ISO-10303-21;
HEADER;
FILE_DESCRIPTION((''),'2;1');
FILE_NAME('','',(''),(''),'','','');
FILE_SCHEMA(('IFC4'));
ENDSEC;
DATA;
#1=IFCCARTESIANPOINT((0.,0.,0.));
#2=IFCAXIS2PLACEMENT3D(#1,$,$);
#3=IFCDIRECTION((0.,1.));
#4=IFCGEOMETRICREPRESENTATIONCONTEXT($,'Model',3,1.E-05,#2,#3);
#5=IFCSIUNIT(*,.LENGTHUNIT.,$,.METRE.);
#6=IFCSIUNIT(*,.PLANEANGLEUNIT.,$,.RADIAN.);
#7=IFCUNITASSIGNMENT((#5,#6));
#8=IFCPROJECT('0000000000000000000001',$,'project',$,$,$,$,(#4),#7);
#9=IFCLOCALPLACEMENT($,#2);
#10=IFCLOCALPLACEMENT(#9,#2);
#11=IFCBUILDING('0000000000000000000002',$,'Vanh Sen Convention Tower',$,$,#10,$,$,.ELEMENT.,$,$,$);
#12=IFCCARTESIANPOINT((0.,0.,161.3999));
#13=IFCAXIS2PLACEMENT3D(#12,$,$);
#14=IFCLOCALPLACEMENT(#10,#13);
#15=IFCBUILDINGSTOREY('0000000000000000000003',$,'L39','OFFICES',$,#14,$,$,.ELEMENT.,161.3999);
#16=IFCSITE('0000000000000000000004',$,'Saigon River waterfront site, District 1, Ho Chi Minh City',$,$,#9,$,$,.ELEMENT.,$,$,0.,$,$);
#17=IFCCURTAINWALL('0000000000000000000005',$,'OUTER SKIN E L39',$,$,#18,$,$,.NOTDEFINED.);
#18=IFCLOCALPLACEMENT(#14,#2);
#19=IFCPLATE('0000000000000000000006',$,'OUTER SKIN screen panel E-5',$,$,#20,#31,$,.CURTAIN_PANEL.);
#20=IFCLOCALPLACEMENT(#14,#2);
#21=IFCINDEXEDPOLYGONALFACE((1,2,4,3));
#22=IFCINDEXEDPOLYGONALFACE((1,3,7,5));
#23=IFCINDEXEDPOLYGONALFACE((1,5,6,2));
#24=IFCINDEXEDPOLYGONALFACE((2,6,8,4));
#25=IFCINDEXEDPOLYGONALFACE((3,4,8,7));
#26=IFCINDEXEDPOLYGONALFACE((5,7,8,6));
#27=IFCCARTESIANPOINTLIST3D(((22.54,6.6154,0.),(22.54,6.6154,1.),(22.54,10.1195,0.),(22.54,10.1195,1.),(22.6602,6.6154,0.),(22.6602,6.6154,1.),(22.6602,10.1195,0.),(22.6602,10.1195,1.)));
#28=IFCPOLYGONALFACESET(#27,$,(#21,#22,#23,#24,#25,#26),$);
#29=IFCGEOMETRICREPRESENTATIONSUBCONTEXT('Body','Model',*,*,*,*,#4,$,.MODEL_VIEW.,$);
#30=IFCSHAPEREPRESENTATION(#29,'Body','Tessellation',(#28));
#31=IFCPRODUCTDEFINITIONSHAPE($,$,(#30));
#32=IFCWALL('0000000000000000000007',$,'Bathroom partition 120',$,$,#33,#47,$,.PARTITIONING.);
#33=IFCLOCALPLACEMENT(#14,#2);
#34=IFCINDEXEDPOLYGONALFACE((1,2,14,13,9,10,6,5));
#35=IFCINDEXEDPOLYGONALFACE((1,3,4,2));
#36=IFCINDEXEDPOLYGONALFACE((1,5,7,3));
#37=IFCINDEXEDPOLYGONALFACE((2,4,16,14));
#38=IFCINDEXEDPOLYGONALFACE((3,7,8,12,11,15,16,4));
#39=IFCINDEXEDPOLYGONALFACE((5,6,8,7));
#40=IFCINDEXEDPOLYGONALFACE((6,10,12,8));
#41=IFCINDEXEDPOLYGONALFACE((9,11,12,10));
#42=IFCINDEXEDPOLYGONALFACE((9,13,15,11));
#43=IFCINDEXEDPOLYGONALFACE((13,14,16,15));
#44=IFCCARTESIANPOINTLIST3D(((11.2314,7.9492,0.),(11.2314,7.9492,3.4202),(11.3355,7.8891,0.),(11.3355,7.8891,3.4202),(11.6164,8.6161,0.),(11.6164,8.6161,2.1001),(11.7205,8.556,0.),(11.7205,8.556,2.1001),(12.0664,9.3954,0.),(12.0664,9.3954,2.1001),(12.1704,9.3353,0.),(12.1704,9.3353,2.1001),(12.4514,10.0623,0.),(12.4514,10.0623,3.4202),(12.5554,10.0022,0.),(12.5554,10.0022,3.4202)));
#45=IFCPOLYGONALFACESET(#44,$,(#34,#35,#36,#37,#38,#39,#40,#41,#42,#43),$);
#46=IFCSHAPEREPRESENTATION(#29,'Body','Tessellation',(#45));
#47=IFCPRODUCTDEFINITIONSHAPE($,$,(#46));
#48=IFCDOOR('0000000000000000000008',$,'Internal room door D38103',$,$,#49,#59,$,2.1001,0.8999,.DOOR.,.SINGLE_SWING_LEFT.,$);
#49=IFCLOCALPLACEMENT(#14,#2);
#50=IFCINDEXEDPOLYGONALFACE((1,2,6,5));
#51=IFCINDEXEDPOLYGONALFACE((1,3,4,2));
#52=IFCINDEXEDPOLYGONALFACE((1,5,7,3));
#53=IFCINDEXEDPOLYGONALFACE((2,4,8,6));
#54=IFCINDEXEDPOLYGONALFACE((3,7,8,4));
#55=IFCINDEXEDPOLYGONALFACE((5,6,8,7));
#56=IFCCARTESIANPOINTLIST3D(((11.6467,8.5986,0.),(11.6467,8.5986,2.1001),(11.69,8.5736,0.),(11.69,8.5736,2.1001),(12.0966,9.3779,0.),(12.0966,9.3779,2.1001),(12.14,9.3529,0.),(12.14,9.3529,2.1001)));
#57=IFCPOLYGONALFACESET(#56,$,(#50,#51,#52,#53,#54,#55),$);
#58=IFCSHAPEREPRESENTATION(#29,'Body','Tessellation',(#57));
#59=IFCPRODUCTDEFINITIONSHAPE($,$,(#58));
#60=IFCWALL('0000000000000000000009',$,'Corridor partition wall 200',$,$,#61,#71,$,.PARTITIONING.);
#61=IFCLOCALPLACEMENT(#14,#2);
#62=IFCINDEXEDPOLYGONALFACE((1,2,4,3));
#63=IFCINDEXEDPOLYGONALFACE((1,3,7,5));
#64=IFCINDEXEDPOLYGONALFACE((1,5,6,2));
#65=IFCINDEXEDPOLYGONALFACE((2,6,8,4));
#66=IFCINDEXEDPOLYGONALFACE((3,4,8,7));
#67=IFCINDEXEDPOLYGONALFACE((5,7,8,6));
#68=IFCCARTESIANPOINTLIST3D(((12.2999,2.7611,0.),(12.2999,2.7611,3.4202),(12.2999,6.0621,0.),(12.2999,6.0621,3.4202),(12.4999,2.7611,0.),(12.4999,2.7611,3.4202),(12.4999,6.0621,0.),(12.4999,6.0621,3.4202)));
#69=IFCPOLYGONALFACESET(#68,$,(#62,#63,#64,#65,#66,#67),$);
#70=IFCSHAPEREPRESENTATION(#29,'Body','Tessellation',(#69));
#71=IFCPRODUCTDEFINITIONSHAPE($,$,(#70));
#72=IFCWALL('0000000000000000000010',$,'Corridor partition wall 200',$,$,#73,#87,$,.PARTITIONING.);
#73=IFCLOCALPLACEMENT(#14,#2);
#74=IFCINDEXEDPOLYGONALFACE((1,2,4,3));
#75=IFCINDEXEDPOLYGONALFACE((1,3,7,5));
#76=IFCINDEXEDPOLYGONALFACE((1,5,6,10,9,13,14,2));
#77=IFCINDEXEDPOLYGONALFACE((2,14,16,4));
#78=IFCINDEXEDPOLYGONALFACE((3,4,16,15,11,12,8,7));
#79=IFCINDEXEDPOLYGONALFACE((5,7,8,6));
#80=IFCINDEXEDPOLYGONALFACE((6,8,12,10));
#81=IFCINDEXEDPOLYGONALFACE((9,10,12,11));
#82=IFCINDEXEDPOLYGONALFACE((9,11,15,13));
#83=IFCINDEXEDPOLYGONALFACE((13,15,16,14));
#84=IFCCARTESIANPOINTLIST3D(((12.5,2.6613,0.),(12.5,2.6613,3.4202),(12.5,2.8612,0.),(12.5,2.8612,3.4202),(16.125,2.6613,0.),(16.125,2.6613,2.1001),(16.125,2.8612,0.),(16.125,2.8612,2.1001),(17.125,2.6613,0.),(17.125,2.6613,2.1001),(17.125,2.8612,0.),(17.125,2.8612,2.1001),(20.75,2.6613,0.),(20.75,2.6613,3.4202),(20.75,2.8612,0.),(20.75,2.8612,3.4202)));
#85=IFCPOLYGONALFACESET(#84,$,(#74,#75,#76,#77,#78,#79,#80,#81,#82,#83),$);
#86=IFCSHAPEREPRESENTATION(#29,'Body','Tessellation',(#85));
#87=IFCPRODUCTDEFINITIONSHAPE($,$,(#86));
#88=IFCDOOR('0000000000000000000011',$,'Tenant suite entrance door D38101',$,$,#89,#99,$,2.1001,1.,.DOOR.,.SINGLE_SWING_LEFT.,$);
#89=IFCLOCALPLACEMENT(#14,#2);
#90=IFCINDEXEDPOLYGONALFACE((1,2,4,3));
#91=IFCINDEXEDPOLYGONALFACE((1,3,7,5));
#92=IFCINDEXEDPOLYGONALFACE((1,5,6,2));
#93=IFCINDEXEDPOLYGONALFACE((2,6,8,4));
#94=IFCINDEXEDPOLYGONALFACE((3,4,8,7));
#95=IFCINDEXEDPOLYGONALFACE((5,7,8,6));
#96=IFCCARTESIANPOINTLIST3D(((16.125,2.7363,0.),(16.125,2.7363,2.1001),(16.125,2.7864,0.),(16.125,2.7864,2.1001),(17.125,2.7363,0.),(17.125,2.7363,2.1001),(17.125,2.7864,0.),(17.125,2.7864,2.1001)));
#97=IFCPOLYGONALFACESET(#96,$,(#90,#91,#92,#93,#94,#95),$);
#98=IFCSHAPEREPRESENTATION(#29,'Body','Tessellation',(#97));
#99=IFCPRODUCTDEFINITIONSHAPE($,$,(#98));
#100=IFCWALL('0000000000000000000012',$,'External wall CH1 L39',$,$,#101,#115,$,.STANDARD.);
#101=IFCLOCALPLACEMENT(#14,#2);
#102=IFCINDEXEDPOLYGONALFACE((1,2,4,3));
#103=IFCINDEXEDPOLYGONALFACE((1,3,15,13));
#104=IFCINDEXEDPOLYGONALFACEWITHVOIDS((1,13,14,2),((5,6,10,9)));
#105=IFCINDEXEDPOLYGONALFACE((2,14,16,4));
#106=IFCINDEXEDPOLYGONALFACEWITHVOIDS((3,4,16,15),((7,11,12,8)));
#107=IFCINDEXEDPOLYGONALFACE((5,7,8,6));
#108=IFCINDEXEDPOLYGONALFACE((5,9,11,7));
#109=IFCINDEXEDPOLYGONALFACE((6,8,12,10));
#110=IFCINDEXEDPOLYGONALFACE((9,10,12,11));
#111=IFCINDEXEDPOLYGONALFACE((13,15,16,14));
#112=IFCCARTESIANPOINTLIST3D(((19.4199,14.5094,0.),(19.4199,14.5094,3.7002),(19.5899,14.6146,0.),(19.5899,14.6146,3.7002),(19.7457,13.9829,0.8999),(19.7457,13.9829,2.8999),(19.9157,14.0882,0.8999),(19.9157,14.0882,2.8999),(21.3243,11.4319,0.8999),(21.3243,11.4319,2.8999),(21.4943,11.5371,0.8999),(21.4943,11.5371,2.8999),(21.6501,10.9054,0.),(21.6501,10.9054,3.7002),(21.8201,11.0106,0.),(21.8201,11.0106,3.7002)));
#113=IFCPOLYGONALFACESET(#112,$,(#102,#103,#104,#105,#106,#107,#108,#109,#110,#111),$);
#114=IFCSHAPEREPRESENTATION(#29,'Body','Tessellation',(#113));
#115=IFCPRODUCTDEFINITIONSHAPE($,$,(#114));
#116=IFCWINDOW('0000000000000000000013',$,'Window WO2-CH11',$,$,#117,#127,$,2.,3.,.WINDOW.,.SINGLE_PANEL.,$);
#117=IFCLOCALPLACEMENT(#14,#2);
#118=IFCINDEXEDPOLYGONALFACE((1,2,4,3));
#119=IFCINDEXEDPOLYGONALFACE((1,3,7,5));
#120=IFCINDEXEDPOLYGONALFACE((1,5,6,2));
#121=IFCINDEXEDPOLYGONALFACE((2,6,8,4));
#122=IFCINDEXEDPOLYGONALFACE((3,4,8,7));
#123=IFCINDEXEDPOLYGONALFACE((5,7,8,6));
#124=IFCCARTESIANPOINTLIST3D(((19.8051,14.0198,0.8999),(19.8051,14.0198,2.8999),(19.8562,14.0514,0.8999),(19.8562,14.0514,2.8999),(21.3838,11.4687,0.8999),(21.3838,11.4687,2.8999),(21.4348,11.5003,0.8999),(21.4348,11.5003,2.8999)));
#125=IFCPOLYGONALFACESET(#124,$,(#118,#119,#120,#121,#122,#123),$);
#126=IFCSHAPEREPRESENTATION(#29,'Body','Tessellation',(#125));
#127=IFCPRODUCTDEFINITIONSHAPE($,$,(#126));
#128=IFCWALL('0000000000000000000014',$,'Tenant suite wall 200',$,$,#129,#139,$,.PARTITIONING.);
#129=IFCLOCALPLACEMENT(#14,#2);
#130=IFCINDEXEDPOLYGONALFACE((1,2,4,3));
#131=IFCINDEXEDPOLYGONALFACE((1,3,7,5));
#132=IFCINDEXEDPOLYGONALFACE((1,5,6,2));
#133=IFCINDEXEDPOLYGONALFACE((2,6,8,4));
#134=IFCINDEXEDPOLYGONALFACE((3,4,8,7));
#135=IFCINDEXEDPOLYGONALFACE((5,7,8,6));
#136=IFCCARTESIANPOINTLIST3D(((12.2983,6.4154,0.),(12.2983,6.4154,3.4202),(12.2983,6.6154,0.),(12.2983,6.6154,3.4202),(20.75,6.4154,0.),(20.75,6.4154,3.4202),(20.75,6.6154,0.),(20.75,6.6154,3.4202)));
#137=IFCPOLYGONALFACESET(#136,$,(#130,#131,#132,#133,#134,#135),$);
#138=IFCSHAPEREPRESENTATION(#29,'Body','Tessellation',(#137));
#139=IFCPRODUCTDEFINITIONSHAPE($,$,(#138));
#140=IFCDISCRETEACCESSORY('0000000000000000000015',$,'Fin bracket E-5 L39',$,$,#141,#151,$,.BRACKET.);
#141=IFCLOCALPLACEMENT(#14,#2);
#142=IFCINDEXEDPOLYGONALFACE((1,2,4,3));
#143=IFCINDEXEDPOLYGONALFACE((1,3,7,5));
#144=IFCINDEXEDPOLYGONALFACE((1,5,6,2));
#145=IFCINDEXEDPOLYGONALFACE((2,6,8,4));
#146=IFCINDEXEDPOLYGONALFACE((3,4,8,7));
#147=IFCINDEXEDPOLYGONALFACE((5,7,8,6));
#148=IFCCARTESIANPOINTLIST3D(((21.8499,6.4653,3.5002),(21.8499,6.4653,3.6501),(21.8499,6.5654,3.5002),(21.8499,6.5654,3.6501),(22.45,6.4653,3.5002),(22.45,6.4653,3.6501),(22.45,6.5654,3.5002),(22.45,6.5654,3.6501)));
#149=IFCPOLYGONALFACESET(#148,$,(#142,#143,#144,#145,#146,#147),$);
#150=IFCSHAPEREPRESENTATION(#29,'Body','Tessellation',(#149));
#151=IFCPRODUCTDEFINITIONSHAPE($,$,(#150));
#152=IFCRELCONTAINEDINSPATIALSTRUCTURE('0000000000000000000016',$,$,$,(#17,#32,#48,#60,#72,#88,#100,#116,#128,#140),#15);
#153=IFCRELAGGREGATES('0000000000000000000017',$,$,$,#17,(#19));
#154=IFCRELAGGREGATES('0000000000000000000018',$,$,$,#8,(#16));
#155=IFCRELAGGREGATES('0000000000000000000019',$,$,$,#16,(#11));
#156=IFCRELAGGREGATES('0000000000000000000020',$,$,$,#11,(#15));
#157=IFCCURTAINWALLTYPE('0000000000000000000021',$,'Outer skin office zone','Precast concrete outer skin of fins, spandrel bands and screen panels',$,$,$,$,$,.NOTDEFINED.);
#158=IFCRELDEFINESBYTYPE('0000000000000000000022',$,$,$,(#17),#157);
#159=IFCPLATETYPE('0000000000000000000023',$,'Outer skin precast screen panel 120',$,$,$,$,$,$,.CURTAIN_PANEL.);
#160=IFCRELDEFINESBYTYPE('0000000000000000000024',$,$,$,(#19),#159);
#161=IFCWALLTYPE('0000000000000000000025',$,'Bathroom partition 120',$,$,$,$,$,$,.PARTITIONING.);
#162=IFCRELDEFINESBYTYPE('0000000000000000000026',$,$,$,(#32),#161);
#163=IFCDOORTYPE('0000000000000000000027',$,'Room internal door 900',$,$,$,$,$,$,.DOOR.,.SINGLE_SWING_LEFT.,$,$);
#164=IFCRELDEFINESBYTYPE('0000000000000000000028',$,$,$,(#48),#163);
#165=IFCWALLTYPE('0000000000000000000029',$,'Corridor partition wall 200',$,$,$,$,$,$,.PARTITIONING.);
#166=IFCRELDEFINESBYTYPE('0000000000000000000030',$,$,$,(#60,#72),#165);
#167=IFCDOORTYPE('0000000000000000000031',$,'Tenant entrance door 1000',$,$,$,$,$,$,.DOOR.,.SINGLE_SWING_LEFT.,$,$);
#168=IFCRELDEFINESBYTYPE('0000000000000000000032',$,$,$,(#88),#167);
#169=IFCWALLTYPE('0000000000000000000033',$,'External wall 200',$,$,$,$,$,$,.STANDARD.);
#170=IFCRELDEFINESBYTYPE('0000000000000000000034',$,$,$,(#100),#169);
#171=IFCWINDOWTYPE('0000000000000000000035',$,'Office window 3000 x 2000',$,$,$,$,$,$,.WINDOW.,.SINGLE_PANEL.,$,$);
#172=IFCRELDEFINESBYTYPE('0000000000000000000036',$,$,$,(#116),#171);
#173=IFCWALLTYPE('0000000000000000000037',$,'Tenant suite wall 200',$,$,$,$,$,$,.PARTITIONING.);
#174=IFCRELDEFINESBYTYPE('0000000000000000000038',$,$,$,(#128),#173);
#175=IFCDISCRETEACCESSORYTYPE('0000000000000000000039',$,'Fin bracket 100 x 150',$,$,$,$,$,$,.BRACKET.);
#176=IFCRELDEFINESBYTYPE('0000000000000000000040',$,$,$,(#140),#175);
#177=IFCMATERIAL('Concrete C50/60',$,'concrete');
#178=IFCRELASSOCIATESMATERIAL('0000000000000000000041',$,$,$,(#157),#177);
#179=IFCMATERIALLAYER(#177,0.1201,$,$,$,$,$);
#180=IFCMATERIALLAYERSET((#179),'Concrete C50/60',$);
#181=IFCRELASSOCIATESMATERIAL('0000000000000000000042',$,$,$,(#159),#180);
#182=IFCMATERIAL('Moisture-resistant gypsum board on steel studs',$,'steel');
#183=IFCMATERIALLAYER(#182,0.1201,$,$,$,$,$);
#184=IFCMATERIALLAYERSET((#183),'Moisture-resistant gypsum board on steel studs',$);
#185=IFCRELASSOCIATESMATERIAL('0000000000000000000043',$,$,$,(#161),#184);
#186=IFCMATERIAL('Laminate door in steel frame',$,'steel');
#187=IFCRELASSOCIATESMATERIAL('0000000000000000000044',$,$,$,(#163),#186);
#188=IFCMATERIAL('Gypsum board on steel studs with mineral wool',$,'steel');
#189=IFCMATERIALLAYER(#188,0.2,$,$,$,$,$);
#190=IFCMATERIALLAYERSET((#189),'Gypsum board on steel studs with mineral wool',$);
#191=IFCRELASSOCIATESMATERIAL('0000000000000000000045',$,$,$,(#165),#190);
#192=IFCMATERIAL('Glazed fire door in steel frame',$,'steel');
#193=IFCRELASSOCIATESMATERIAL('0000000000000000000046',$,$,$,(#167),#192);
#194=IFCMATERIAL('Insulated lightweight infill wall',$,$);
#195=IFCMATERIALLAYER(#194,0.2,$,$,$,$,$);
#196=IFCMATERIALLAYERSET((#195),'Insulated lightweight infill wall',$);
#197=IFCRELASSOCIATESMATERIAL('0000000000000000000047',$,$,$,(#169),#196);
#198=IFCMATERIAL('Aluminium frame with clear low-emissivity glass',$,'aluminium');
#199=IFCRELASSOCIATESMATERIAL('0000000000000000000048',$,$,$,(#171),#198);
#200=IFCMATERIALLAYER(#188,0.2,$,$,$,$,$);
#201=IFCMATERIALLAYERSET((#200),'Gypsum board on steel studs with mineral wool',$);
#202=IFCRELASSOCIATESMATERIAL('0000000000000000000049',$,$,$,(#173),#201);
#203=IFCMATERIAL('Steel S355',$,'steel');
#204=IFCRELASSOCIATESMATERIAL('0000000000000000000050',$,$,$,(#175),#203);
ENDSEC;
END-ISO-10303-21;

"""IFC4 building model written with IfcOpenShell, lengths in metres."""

from ifc_helpers import new_model, si_unit, direction, frame, frame_2d, origin, origin_2d, place, context, subcontext, project, spatial, rectangle, extrude, material, layer, layer_set, type_object, element, fill, aggregate, save


model = new_model("IFC4")

# Units and contexts
model_context = context("Model", 3, precision=1e-05, world=origin(), true_north=direction((0.0, 1.0)))
body_context = subcontext(model_context, "Body", "Model", "MODEL_VIEW")
ifc_project = project(units=[si_unit("LENGTHUNIT", "METRE"), si_unit("PLANEANGLEUNIT", "RADIAN")], contexts=[model_context])

# Site, building, storey
site_placement = place(None, origin())
site = spatial("IfcSite", under=ifc_project, at=site_placement, Name="Saigon River waterfront site, District 1, Ho Chi Minh City", CompositionType="ELEMENT", RefElevation=0.0)
building_placement = place(site_placement, origin())
building = spatial("IfcBuilding", under=site, at=building_placement, Name="Vanh Sen Convention Tower", CompositionType="ELEMENT")
storey_placement = place(building_placement, frame((0.0, 0.0, 161.3999)))
storey = spatial("IfcBuildingStorey", under=building, at=storey_placement, Name="L39", Description="OFFICES", CompositionType="ELEMENT", Elevation=161.3999)

# Curtain wall
ifc_material_1 = material(Name="Concrete C50/60", Category="concrete")
curtain_wall_type = type_object("IfcCurtainWallType", Name="Outer skin office zone", Description="Precast concrete outer skin of fins, spandrel bands and screen panels", PredefinedType="NOTDEFINED", material=ifc_material_1)
curtain_wall_1_placement = place(storey_placement, origin())
curtain_wall_1 = element("IfcCurtainWall", 1, at=curtain_wall_1_placement, inside=storey, type_object=curtain_wall_type, Name="OUTER SKIN E L39", PredefinedType="NOTDEFINED")

# Plate
ifc_layer_1 = layer(ifc_material_1, 0.1201)
ifc_layer_set_1 = layer_set([ifc_layer_1], Name="Concrete C50/60")
plate_type = type_object("IfcPlateType", Name="Outer skin precast screen panel 120", PredefinedType="CURTAIN_PANEL", material=ifc_layer_set_1)
plate_1_placement = place(storey_placement, frame((22.6001, 8.3674, 0.0), z_axis=(0.0, 0.0, 1.0), x_axis=(0.0, 1.0, 0.0)))
plate_1 = element("IfcPlate", 2, at=plate_1_placement, type_object=plate_type, Name="OUTER SKIN screen panel E-5", PredefinedType="CURTAIN_PANEL", context=body_context, shape_type="SweptSolid", body=[
    extrude(rectangle(XDim=3.5042, YDim=0.1201, at=origin_2d()), origin(), (0.0, 0.0, 1.0), 1.0),
])
aggregate(curtain_wall_1, [plate_1])

# Wall, opening, door
ifc_material_2 = material(Name="Moisture-resistant gypsum board on steel studs", Category="steel")
ifc_layer_2 = layer(ifc_material_2, 0.1201)
ifc_layer_set_2 = layer_set([ifc_layer_2], Name="Moisture-resistant gypsum board on steel studs")
wall_type_1 = type_object("IfcWallType", Name="Bathroom partition 120", PredefinedType="PARTITIONING", material=ifc_layer_set_2)
wall_1_placement = place(storey_placement, frame((12.5034, 10.0322, 0.0), z_axis=(0.0, 0.0, 1.0), x_axis=(-0.500003, -0.866024, 0.0)))
wall_1 = element("IfcWall", 3, at=wall_1_placement, inside=storey, type_object=wall_type_1, Name="Bathroom partition 120", PredefinedType="PARTITIONING", context=body_context, shape_type="SweptSolid", body=[
    extrude(rectangle(XDim=2.4399, YDim=0.1201, at=frame_2d((1.22, 0.0))), origin(), (0.0, 0.0, 1.0), 3.4202),
])
opening_1_placement = place(wall_1_placement, frame((0.77, 0.0, 0.0)))
opening_1 = element("IfcOpeningElement", 4, at=opening_1_placement, cuts=wall_1, PredefinedType="OPENING", context=body_context, shape_type="SweptSolid", body=[
    extrude(rectangle(XDim=0.8999, YDim=2.1001, at=frame_2d((0.45, 1.05))), frame((0.0, 0.0701, 0.0), z_axis=(0.0, -1.0, 0.0), x_axis=(1.0, 0.0, 0.0)), (0.0, 0.0, 1.0), 0.1401),
])
ifc_material_3 = material(Name="Laminate door in steel frame", Category="steel")
door_type_1 = type_object("IfcDoorType", Name="Room internal door 900", OperationType="SINGLE_SWING_LEFT", PredefinedType="DOOR", material=ifc_material_3)
door_1_placement = place(opening_1_placement, origin())
door_1 = element("IfcDoor", 5, at=door_1_placement, inside=storey, type_object=door_type_1, Name="Internal room door D38103", OperationType="SINGLE_SWING_LEFT", OverallHeight=2.1001, OverallWidth=0.8999, PredefinedType="DOOR", context=body_context, shape_type="SweptSolid", body=[
    extrude(rectangle(XDim=0.8999, YDim=2.1001, at=frame_2d((0.45, 1.05))), frame((0.0, 0.0249, 0.0), z_axis=(0.0, -1.0, 0.0), x_axis=(1.0, 0.0, 0.0)), (0.0, 0.0, 1.0), 0.05),
])
fill(opening_1, door_1)

# Wall
ifc_material_4 = material(Name="Gypsum board on steel studs with mineral wool", Category="steel")
ifc_layer_3 = layer(ifc_material_4, 0.2)
ifc_layer_set_3 = layer_set([ifc_layer_3], Name="Gypsum board on steel studs with mineral wool")
wall_type_2 = type_object("IfcWallType", Name="Corridor partition wall 200", PredefinedType="PARTITIONING", material=ifc_layer_set_3)
wall_2_placement = place(storey_placement, frame((12.3999, 2.7612, 0.0), z_axis=(0.0, 0.0, 1.0), x_axis=(0.0, 1.0, 0.0)))
element("IfcWall", 6, at=wall_2_placement, inside=storey, type_object=wall_type_2, Name="Corridor partition wall 200", PredefinedType="PARTITIONING", context=body_context, shape_type="SweptSolid", body=[
    extrude(rectangle(XDim=3.301, YDim=0.2, at=frame_2d((1.6504, 0.0))), origin(), (0.0, 0.0, 1.0), 3.4202),
])

# Wall, opening, door
wall_3_placement = place(storey_placement, frame((20.75, 2.7612, 0.0), z_axis=(0.0, 0.0, 1.0), x_axis=(-1.0, 0.0, 0.0)))
wall_3 = element("IfcWall", 7, at=wall_3_placement, inside=storey, type_object=wall_type_2, Name="Corridor partition wall 200", PredefinedType="PARTITIONING", context=body_context, shape_type="SweptSolid", body=[
    extrude(rectangle(XDim=8.25, YDim=0.2, at=frame_2d((4.125, 0.0))), origin(), (0.0, 0.0, 1.0), 3.4202),
])
opening_2_placement = place(wall_3_placement, frame((3.625, 0.0, 0.0)))
opening_2 = element("IfcOpeningElement", 8, at=opening_2_placement, cuts=wall_3, PredefinedType="OPENING", context=body_context, shape_type="SweptSolid", body=[
    extrude(rectangle(XDim=1.0, YDim=2.1001, at=frame_2d((0.5, 1.05))), frame((0.0, 0.1099, 0.0), z_axis=(0.0, -1.0, 0.0), x_axis=(1.0, 0.0, 0.0)), (0.0, 0.0, 1.0), 0.22),
])
ifc_material_5 = material(Name="Glazed fire door in steel frame", Category="steel")
door_type_2 = type_object("IfcDoorType", Name="Tenant entrance door 1000", OperationType="SINGLE_SWING_LEFT", PredefinedType="DOOR", material=ifc_material_5)
door_2_placement = place(opening_2_placement, origin())
door_2 = element("IfcDoor", 9, at=door_2_placement, inside=storey, type_object=door_type_2, Name="Tenant suite entrance door D38101", OperationType="SINGLE_SWING_LEFT", OverallHeight=2.1001, OverallWidth=1.0, PredefinedType="DOOR", context=body_context, shape_type="SweptSolid", body=[
    extrude(rectangle(XDim=1.0, YDim=2.1001, at=frame_2d((0.5, 1.05))), frame((0.0, 0.0249, 0.0), z_axis=(0.0, -1.0, 0.0), x_axis=(1.0, 0.0, 0.0)), (0.0, 0.0, 1.0), 0.05),
])
fill(opening_2, door_2)

# Wall, opening, window
ifc_material_6 = material(Name="Insulated lightweight infill wall")
ifc_layer_4 = layer(ifc_material_6, 0.2)
ifc_layer_set_4 = layer_set([ifc_layer_4], Name="Insulated lightweight infill wall")
wall_type_3 = type_object("IfcWallType", Name="External wall 200", PredefinedType="STANDARD", material=ifc_layer_set_4)
wall_4_placement = place(storey_placement, frame((21.7351, 10.958, 0.0), z_axis=(0.0, 0.0, 1.0), x_axis=(-0.526214, 0.850352, 0.0)))
wall_4 = element("IfcWall", 10, at=wall_4_placement, inside=storey, type_object=wall_type_3, Name="External wall CH1 L39", PredefinedType="STANDARD", context=body_context, shape_type="SweptSolid", body=[
    extrude(rectangle(XDim=4.2383, YDim=0.2, at=frame_2d((2.1191, 0.0))), origin(), (0.0, 0.0, 1.0), 3.7002),
])
opening_3_placement = place(wall_4_placement, frame((0.6191, 0.0, 0.8999)))
opening_3 = element("IfcOpeningElement", 11, at=opening_3_placement, cuts=wall_4, PredefinedType="OPENING", context=body_context, shape_type="SweptSolid", body=[
    extrude(rectangle(XDim=3.0, YDim=2.0, at=frame_2d((1.5, 1.0))), frame((0.0, 0.1099, 0.0), z_axis=(0.0, -1.0, 0.0), x_axis=(1.0, 0.0, 0.0)), (0.0, 0.0, 1.0), 0.22),
])
ifc_material_7 = material(Name="Aluminium frame with clear low-emissivity glass", Category="aluminium")
window_type = type_object("IfcWindowType", Name="Office window 3000 x 2000", PartitioningType="SINGLE_PANEL", PredefinedType="WINDOW", material=ifc_material_7)
window_placement = place(opening_3_placement, origin())
window = element("IfcWindow", 12, at=window_placement, inside=storey, type_object=window_type, Name="Window WO2-CH11", OverallHeight=2.0, OverallWidth=3.0, PartitioningType="SINGLE_PANEL", PredefinedType="WINDOW", context=body_context, shape_type="SweptSolid", body=[
    extrude(rectangle(XDim=3.0, YDim=2.0, at=frame_2d((1.5, 1.0))), frame((0.0, 0.03, 0.0), z_axis=(0.0, -1.0, 0.0), x_axis=(1.0, 0.0, 0.0)), (0.0, 0.0, 1.0), 0.0601),
])
fill(opening_3, window)

# Wall
ifc_layer_5 = layer(ifc_material_4, 0.2)
ifc_layer_set_5 = layer_set([ifc_layer_5], Name="Gypsum board on steel studs with mineral wool")
wall_type_4 = type_object("IfcWallType", Name="Tenant suite wall 200", PredefinedType="PARTITIONING", material=ifc_layer_set_5)
wall_5_placement = place(storey_placement, frame((20.75, 6.5154, 0.0), z_axis=(0.0, 0.0, 1.0), x_axis=(-1.0, 0.0, 0.0)))
element("IfcWall", 13, at=wall_5_placement, inside=storey, type_object=wall_type_4, Name="Tenant suite wall 200", PredefinedType="PARTITIONING", context=body_context, shape_type="SweptSolid", body=[
    extrude(rectangle(XDim=8.4517, YDim=0.2, at=frame_2d((4.2258, 0.0))), origin(), (0.0, 0.0, 1.0), 3.4202),
])

# Discrete accessory
ifc_material_8 = material(Name="Steel S355", Category="steel")
discrete_accessory_type = type_object("IfcDiscreteAccessoryType", Name="Fin bracket 100 x 150", PredefinedType="BRACKET", material=ifc_material_8)
discrete_accessory_placement = place(storey_placement, frame((22.1499, 6.5154, 3.5002), z_axis=(0.0, 0.0, 1.0), x_axis=(1.0, 0.0, 0.0)))
element("IfcDiscreteAccessory", 14, at=discrete_accessory_placement, inside=storey, type_object=discrete_accessory_type, Name="Fin bracket E-5 L39", PredefinedType="BRACKET", context=body_context, shape_type="SweptSolid", body=[
    extrude(rectangle(XDim=0.6001, YDim=0.1001, at=origin_2d()), origin(), (0.0, 0.0, 1.0), 0.1499),
])

save(model, "model.ifc")
